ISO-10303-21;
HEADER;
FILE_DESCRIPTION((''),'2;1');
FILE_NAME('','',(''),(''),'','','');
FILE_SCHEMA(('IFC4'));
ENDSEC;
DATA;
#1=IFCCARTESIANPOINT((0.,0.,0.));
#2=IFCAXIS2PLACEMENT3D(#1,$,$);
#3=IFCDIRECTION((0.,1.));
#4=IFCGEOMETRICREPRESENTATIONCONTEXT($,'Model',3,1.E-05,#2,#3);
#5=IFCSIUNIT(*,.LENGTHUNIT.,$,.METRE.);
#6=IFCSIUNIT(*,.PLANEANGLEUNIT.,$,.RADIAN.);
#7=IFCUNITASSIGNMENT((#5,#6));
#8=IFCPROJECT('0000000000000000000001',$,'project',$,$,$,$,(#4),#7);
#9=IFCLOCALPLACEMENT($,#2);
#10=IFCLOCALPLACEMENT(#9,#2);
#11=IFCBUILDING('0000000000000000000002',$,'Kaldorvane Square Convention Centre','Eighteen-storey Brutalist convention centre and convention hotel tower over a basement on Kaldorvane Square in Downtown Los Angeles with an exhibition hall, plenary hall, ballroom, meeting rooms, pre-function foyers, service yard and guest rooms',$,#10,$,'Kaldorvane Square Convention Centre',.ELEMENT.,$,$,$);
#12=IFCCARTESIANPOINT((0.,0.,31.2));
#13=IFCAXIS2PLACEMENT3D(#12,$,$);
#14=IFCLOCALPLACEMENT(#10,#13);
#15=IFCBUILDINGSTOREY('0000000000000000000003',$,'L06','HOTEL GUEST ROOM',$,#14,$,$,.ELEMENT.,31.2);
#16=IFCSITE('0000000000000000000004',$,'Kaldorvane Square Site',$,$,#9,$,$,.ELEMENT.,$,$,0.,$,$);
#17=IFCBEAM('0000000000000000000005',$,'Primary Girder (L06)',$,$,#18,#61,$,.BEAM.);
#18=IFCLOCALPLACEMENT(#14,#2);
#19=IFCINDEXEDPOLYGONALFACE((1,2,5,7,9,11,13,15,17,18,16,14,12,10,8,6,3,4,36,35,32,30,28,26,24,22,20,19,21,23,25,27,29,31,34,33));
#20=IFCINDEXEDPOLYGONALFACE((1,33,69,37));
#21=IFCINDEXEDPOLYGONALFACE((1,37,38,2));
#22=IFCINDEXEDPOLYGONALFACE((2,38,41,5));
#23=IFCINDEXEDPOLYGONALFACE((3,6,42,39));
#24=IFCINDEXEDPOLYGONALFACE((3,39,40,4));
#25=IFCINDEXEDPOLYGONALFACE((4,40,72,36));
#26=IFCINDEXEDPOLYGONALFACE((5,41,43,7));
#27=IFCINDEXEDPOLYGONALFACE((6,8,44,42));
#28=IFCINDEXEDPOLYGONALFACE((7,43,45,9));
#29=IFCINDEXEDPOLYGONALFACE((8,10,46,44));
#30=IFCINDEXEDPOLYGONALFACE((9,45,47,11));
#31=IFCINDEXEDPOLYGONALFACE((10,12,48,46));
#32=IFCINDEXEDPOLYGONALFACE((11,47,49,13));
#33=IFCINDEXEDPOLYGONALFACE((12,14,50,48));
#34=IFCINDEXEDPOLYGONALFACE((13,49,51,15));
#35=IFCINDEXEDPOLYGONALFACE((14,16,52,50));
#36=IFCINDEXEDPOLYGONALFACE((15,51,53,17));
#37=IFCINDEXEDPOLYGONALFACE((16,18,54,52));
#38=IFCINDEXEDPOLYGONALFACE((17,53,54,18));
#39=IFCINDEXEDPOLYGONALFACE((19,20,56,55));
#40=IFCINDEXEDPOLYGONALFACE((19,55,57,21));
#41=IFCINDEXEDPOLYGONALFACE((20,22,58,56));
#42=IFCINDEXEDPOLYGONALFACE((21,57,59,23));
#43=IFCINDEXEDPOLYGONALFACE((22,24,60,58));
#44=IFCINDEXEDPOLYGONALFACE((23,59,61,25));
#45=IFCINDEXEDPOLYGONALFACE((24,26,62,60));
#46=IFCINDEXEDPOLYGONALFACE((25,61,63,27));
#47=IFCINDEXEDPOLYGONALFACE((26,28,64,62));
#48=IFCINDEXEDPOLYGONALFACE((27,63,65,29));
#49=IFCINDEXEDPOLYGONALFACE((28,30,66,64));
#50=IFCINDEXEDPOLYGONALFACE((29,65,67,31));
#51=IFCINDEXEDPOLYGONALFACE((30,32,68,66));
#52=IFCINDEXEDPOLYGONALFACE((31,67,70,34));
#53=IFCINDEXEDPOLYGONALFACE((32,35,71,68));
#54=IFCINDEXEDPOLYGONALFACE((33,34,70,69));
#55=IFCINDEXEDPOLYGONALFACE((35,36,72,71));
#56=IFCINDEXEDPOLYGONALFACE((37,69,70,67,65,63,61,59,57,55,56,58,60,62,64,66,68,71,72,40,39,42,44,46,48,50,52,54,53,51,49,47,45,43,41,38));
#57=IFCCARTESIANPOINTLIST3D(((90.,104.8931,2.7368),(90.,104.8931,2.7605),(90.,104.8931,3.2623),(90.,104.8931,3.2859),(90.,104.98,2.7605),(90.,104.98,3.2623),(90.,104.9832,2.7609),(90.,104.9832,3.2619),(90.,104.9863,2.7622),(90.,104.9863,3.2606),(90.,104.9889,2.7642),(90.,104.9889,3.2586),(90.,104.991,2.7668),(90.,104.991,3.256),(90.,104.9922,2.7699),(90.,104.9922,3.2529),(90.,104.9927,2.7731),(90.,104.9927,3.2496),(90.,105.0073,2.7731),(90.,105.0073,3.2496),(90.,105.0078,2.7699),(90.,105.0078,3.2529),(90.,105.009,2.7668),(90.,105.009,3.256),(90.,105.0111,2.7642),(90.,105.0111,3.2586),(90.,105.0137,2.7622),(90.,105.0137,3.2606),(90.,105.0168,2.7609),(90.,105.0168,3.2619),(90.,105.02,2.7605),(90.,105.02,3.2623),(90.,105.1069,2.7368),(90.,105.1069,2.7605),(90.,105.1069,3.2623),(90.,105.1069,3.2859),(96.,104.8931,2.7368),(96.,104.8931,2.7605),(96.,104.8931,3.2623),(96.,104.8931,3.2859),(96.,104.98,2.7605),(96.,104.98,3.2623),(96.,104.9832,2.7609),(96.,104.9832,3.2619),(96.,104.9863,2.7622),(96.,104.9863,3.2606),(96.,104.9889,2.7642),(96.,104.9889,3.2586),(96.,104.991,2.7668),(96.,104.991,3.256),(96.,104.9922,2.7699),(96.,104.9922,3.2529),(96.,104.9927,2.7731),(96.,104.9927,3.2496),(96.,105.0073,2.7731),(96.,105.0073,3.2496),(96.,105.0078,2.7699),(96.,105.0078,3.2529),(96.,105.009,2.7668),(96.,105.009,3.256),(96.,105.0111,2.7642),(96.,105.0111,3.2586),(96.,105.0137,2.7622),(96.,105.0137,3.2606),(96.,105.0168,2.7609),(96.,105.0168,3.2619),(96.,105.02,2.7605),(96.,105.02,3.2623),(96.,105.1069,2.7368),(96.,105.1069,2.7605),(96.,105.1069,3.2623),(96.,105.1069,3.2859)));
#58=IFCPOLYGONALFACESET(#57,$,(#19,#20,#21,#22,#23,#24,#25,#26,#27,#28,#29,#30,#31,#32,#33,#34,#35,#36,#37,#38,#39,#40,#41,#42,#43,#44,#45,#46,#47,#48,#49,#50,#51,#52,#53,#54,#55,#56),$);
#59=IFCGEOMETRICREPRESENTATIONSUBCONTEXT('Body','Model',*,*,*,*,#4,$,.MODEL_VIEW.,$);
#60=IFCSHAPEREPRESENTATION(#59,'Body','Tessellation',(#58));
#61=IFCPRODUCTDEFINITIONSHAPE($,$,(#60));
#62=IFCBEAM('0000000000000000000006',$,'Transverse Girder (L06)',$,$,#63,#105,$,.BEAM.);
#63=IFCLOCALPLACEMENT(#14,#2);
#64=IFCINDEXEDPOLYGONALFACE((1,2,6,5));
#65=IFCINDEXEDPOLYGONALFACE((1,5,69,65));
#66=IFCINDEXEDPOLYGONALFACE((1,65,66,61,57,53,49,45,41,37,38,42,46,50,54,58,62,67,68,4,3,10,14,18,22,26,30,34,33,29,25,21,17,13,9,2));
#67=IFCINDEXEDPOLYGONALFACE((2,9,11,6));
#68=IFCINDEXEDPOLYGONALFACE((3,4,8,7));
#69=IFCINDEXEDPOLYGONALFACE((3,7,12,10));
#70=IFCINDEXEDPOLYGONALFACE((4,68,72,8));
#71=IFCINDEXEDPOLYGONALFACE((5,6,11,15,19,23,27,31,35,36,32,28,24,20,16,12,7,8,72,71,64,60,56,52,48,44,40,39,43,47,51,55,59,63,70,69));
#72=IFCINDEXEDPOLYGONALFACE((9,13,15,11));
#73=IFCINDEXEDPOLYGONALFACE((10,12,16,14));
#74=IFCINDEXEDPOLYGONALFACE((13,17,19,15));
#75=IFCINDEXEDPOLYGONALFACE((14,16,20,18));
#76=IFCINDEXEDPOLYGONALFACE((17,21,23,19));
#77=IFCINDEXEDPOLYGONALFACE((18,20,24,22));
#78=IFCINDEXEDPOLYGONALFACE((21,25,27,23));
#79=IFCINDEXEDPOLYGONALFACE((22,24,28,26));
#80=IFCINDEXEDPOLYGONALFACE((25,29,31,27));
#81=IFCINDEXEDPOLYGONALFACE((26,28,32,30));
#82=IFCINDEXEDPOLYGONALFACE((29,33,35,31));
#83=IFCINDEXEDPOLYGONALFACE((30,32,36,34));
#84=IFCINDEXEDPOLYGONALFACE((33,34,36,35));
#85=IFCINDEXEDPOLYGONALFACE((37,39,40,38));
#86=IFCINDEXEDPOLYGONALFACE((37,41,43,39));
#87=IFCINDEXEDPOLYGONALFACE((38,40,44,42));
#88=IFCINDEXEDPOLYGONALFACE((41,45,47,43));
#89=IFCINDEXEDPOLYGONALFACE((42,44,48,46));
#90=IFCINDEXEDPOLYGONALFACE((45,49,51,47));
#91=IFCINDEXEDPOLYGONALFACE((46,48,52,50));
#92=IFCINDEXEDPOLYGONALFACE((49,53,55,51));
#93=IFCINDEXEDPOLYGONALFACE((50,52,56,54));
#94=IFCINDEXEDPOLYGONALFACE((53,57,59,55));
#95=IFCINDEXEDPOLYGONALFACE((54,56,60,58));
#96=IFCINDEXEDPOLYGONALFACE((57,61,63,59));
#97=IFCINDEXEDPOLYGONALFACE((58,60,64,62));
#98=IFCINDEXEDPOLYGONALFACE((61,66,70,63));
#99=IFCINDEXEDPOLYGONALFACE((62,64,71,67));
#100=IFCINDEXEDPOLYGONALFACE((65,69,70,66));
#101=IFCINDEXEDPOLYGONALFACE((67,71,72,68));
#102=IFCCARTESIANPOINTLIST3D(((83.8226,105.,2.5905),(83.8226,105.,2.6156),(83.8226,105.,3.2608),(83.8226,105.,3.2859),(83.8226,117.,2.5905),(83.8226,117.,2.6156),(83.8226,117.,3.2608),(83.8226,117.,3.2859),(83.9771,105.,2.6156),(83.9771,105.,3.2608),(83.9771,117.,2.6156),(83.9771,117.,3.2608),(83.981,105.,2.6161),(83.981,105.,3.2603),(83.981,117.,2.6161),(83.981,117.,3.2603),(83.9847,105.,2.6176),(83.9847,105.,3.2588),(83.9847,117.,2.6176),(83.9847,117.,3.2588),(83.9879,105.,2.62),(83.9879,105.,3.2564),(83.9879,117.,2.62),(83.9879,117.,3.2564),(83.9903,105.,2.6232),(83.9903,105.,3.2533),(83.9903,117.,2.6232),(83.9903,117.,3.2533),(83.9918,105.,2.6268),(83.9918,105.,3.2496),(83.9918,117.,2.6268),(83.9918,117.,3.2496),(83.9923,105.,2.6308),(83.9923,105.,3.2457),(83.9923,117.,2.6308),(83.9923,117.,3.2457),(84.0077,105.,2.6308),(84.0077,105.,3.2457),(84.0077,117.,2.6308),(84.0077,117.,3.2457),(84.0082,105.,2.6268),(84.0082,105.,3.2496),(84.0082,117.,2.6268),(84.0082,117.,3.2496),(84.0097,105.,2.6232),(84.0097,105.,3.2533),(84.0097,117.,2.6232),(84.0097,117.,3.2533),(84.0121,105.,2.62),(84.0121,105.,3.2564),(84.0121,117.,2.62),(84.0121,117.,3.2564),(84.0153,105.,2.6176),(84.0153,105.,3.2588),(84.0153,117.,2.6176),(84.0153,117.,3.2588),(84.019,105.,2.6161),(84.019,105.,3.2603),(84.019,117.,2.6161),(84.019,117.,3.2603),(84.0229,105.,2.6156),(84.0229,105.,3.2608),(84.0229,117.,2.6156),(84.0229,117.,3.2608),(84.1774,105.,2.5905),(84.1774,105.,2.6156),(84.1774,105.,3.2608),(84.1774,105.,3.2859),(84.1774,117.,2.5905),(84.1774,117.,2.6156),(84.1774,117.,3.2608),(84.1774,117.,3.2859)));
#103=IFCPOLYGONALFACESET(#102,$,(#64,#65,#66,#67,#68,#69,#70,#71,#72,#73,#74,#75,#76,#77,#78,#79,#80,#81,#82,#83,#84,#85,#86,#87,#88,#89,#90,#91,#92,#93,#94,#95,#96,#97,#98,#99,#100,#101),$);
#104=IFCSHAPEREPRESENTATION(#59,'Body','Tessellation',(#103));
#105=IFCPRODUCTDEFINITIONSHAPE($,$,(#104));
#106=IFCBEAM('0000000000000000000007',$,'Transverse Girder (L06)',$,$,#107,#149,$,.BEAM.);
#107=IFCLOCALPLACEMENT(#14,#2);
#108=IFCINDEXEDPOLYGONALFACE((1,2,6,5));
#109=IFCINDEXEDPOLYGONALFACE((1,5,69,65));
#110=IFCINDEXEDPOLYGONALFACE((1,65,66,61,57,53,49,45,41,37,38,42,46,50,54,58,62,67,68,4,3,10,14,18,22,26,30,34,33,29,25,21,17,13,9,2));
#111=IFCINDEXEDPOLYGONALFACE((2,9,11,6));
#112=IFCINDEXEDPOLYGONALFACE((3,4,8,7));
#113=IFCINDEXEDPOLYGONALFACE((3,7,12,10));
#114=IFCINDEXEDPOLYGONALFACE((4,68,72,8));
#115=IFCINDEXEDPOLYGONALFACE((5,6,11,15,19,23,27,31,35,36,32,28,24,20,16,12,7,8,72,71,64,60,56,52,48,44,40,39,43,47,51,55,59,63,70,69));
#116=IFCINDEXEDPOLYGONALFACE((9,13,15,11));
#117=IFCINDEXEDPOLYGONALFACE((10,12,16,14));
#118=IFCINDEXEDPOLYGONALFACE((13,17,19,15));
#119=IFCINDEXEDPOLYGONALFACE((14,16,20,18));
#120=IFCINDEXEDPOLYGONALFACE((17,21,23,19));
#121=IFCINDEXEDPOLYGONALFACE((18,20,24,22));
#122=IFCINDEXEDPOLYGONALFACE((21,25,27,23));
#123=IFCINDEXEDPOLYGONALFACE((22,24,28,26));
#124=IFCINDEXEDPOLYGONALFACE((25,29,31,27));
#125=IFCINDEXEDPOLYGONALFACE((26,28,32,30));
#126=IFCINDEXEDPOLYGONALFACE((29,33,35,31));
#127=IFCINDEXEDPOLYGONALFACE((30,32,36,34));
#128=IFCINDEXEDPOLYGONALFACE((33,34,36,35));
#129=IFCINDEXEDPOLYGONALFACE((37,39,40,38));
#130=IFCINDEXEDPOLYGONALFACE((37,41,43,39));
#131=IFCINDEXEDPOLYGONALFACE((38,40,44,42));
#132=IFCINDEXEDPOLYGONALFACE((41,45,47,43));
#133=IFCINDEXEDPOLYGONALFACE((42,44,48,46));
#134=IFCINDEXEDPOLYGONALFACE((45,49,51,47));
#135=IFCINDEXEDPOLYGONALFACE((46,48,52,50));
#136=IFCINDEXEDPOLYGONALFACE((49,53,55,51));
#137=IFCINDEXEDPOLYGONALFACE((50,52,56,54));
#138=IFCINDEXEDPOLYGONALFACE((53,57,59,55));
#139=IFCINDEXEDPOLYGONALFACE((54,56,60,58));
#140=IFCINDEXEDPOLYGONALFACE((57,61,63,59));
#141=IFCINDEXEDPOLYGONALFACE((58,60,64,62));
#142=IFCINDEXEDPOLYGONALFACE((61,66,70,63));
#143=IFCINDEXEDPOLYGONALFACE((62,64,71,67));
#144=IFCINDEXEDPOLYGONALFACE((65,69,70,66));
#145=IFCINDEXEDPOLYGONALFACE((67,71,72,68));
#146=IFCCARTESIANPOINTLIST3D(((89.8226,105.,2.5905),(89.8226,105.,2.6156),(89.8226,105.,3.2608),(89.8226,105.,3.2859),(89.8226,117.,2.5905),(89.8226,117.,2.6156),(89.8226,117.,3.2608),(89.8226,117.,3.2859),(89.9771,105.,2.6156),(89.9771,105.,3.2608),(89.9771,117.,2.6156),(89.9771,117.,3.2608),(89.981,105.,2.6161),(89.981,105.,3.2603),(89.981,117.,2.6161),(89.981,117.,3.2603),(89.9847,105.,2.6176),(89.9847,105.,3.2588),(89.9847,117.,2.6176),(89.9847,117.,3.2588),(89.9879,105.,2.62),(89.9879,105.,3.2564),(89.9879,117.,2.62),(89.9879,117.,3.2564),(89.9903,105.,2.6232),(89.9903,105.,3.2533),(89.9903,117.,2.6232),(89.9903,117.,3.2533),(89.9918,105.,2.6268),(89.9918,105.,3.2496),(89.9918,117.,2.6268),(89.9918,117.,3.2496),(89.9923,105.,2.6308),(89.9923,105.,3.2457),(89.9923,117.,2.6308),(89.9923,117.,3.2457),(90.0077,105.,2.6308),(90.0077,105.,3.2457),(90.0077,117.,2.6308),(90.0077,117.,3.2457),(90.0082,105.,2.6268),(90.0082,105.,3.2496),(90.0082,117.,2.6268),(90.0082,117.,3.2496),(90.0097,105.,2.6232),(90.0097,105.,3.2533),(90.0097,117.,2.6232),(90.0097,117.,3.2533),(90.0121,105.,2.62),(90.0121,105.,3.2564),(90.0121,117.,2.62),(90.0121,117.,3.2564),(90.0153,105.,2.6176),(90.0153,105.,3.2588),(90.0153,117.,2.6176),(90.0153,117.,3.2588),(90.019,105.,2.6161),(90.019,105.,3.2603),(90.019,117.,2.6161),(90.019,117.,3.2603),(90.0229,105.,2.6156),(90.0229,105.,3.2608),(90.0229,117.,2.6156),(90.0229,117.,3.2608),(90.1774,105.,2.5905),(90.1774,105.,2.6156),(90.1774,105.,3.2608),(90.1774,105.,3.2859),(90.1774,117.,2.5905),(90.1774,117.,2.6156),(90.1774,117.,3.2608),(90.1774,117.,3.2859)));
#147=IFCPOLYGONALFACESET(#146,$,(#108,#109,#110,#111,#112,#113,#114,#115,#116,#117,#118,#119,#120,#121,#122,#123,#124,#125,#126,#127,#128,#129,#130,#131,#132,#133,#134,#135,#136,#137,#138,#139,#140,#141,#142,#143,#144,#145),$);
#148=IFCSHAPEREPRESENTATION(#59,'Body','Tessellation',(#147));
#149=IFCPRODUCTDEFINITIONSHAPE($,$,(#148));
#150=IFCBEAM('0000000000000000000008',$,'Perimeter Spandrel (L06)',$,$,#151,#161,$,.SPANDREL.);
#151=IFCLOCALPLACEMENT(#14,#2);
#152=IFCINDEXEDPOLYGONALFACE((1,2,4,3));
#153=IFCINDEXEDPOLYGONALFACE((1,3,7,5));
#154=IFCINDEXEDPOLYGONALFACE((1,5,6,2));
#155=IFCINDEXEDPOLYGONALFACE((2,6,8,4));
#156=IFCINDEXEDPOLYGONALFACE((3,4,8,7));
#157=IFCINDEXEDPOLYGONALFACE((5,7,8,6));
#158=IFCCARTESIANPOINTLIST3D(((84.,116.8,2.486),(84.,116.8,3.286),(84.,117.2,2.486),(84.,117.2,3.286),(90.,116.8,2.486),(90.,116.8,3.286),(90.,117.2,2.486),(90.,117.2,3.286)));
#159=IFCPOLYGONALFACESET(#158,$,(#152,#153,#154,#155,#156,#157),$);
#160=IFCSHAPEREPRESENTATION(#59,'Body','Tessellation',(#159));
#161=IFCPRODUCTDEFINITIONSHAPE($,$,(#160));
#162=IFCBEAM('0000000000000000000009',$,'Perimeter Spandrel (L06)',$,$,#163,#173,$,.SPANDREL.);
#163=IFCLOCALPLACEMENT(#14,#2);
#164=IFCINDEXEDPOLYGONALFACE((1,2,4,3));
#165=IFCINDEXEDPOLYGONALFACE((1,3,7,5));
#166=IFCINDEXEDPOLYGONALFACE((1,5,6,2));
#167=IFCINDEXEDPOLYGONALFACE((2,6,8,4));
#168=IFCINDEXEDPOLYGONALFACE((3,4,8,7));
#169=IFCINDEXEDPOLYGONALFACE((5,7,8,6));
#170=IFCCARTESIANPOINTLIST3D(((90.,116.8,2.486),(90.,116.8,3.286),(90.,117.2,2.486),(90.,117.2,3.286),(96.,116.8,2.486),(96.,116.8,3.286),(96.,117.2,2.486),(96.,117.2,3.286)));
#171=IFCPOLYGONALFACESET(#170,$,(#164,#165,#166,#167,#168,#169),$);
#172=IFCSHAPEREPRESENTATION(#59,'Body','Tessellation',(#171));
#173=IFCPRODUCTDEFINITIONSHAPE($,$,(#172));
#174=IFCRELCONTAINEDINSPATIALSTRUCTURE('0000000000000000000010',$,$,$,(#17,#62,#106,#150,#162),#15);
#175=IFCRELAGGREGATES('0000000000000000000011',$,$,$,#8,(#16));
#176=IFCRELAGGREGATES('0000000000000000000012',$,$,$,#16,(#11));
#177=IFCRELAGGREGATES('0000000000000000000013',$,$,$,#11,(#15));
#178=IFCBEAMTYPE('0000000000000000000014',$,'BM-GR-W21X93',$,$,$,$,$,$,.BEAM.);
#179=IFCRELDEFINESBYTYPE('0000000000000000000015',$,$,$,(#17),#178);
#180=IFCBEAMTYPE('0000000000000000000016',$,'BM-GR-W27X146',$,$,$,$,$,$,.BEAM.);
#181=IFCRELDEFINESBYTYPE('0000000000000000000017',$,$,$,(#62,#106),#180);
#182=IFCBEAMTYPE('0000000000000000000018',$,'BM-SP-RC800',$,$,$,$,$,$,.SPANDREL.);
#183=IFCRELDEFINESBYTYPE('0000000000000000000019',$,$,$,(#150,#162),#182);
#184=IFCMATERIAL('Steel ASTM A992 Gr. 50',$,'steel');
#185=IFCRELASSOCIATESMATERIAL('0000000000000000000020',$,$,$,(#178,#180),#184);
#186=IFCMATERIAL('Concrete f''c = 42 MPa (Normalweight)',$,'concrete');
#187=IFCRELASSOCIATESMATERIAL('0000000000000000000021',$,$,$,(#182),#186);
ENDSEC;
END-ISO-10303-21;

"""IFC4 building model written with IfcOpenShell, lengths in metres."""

from ifc_helpers import new_model, si_unit, direction, frame, origin, origin_2d, place, context, subcontext, project, spatial, rectangle, i_section, extrude, material, material_profile, profile_set, type_object, element, save


model = new_model("IFC4")

# Units and contexts
model_context = context("Model", 3, precision=1e-05, world=origin(), true_north=direction((0.0, 1.0)))
body_context = subcontext(model_context, "Body", "Model", "MODEL_VIEW")
ifc_project = project(units=[si_unit("LENGTHUNIT", "METRE"), si_unit("PLANEANGLEUNIT", "RADIAN")], contexts=[model_context])

# Site, building, storey
site_placement = place(None, origin())
site = spatial("IfcSite", under=ifc_project, at=site_placement, Name="Kaldorvane Square Site", CompositionType="ELEMENT", RefElevation=0.0)
building_placement = place(site_placement, origin())
building = spatial("IfcBuilding", under=site, at=building_placement, Name="Kaldorvane Square Convention Centre", Description="Eighteen-storey Brutalist convention centre and convention hotel tower over a basement on Kaldorvane Square in Downtown Los Angeles with an exhibition hall, plenary hall, ballroom, meeting rooms, pre-function foyers, service yard and guest rooms", LongName="Kaldorvane Square Convention Centre", CompositionType="ELEMENT")
storey_placement = place(building_placement, frame((0.0, 0.0, 31.2)))
storey = spatial("IfcBuildingStorey", under=building, at=storey_placement, Name="L06", Description="HOTEL GUEST ROOM", CompositionType="ELEMENT", Elevation=31.2)

# Shared definitions
ifc_material_1 = material(Name="Steel ASTM A992 Gr. 50", Category="steel")

# Beams
ifc_material_profile_1 = material_profile(ifc_material_1, i_section(OverallWidth=0.2139, OverallDepth=0.5491, WebThickness=0.0147, FlangeThickness=0.0236, FilletRadius=0.0127, at=origin_2d()), Name="W21X93")
ifc_profile_set_1 = profile_set([ifc_material_profile_1], Name="Steel ASTM A992 Gr. 50")
beam_type_1 = type_object("IfcBeamType", Name="BM-GR-W21X93", PredefinedType="BEAM", material=ifc_profile_set_1)
for number, where, z_axis, x_axis, name in (
    (1, (90.0, 105.0, 3.0114), (1.0, 0.0, 0.0), (0.0, 1.0, 0.0), "Primary Girder (L06)"),
):
    element("IfcBeam", number, at=place(storey_placement, frame(where, z_axis=z_axis, x_axis=x_axis)), inside=storey, type_object=beam_type_1, Name=name, PredefinedType="BEAM", context=body_context, shape_type="SweptSolid", body=[
        extrude(i_section(OverallWidth=0.2139, OverallDepth=0.5491, WebThickness=0.0147, FlangeThickness=0.0236, FilletRadius=0.0127, at=origin_2d()), origin(), (0.0, 0.0, 1.0), 6.0),
    ])
ifc_material_profile_2 = material_profile(ifc_material_1, i_section(OverallWidth=0.3547, OverallDepth=0.6955, WebThickness=0.0154, FlangeThickness=0.0251, FilletRadius=0.0152, at=origin_2d()), Name="W27X146")
ifc_profile_set_2 = profile_set([ifc_material_profile_2], Name="Steel ASTM A992 Gr. 50")
beam_type_2 = type_object("IfcBeamType", Name="BM-GR-W27X146", PredefinedType="BEAM", material=ifc_profile_set_2)
for number, where, z_axis, x_axis, name in (
    (2, (84.0, 105.0, 2.9382), (0.0, 1.0, 0.0), (-1.0, 0.0, 0.0), "Transverse Girder (L06)"),
    (3, (90.0, 105.0, 2.9382), (0.0, 1.0, 0.0), (-1.0, 0.0, 0.0), "Transverse Girder (L06)"),
):
    element("IfcBeam", number, at=place(storey_placement, frame(where, z_axis=z_axis, x_axis=x_axis)), inside=storey, type_object=beam_type_2, Name=name, PredefinedType="BEAM", context=body_context, shape_type="SweptSolid", body=[
        extrude(i_section(OverallWidth=0.3547, OverallDepth=0.6955, WebThickness=0.0154, FlangeThickness=0.0251, FilletRadius=0.0152, at=origin_2d()), origin(), (0.0, 0.0, 1.0), 12.0),
    ])
ifc_material_2 = material(Name="Concrete f'c = 42 MPa (Normalweight)", Category="concrete")
ifc_material_profile_3 = material_profile(ifc_material_2, rectangle(XDim=0.4, YDim=0.8, at=origin_2d()), Name="RCSP800X400")
ifc_profile_set_3 = profile_set([ifc_material_profile_3], Name="Concrete f'c = 42 MPa (Normalweight)")
beam_type_3 = type_object("IfcBeamType", Name="BM-SP-RC800", PredefinedType="SPANDREL", material=ifc_profile_set_3)
for number, where, z_axis, x_axis, name in (
    (4, (84.0, 117.0, 2.886), (1.0, 0.0, 0.0), (0.0, 1.0, 0.0), "Perimeter Spandrel (L06)"),
    (5, (90.0, 117.0, 2.886), (1.0, 0.0, 0.0), (0.0, 1.0, 0.0), "Perimeter Spandrel (L06)"),
):
    element("IfcBeam", number, at=place(storey_placement, frame(where, z_axis=z_axis, x_axis=x_axis)), inside=storey, type_object=beam_type_3, Name=name, PredefinedType="SPANDREL", context=body_context, shape_type="SweptSolid", body=[
        extrude(rectangle(XDim=0.4, YDim=0.8, at=origin_2d()), origin(), (0.0, 0.0, 1.0), 6.0),
    ])

save(model, "model.ifc")
